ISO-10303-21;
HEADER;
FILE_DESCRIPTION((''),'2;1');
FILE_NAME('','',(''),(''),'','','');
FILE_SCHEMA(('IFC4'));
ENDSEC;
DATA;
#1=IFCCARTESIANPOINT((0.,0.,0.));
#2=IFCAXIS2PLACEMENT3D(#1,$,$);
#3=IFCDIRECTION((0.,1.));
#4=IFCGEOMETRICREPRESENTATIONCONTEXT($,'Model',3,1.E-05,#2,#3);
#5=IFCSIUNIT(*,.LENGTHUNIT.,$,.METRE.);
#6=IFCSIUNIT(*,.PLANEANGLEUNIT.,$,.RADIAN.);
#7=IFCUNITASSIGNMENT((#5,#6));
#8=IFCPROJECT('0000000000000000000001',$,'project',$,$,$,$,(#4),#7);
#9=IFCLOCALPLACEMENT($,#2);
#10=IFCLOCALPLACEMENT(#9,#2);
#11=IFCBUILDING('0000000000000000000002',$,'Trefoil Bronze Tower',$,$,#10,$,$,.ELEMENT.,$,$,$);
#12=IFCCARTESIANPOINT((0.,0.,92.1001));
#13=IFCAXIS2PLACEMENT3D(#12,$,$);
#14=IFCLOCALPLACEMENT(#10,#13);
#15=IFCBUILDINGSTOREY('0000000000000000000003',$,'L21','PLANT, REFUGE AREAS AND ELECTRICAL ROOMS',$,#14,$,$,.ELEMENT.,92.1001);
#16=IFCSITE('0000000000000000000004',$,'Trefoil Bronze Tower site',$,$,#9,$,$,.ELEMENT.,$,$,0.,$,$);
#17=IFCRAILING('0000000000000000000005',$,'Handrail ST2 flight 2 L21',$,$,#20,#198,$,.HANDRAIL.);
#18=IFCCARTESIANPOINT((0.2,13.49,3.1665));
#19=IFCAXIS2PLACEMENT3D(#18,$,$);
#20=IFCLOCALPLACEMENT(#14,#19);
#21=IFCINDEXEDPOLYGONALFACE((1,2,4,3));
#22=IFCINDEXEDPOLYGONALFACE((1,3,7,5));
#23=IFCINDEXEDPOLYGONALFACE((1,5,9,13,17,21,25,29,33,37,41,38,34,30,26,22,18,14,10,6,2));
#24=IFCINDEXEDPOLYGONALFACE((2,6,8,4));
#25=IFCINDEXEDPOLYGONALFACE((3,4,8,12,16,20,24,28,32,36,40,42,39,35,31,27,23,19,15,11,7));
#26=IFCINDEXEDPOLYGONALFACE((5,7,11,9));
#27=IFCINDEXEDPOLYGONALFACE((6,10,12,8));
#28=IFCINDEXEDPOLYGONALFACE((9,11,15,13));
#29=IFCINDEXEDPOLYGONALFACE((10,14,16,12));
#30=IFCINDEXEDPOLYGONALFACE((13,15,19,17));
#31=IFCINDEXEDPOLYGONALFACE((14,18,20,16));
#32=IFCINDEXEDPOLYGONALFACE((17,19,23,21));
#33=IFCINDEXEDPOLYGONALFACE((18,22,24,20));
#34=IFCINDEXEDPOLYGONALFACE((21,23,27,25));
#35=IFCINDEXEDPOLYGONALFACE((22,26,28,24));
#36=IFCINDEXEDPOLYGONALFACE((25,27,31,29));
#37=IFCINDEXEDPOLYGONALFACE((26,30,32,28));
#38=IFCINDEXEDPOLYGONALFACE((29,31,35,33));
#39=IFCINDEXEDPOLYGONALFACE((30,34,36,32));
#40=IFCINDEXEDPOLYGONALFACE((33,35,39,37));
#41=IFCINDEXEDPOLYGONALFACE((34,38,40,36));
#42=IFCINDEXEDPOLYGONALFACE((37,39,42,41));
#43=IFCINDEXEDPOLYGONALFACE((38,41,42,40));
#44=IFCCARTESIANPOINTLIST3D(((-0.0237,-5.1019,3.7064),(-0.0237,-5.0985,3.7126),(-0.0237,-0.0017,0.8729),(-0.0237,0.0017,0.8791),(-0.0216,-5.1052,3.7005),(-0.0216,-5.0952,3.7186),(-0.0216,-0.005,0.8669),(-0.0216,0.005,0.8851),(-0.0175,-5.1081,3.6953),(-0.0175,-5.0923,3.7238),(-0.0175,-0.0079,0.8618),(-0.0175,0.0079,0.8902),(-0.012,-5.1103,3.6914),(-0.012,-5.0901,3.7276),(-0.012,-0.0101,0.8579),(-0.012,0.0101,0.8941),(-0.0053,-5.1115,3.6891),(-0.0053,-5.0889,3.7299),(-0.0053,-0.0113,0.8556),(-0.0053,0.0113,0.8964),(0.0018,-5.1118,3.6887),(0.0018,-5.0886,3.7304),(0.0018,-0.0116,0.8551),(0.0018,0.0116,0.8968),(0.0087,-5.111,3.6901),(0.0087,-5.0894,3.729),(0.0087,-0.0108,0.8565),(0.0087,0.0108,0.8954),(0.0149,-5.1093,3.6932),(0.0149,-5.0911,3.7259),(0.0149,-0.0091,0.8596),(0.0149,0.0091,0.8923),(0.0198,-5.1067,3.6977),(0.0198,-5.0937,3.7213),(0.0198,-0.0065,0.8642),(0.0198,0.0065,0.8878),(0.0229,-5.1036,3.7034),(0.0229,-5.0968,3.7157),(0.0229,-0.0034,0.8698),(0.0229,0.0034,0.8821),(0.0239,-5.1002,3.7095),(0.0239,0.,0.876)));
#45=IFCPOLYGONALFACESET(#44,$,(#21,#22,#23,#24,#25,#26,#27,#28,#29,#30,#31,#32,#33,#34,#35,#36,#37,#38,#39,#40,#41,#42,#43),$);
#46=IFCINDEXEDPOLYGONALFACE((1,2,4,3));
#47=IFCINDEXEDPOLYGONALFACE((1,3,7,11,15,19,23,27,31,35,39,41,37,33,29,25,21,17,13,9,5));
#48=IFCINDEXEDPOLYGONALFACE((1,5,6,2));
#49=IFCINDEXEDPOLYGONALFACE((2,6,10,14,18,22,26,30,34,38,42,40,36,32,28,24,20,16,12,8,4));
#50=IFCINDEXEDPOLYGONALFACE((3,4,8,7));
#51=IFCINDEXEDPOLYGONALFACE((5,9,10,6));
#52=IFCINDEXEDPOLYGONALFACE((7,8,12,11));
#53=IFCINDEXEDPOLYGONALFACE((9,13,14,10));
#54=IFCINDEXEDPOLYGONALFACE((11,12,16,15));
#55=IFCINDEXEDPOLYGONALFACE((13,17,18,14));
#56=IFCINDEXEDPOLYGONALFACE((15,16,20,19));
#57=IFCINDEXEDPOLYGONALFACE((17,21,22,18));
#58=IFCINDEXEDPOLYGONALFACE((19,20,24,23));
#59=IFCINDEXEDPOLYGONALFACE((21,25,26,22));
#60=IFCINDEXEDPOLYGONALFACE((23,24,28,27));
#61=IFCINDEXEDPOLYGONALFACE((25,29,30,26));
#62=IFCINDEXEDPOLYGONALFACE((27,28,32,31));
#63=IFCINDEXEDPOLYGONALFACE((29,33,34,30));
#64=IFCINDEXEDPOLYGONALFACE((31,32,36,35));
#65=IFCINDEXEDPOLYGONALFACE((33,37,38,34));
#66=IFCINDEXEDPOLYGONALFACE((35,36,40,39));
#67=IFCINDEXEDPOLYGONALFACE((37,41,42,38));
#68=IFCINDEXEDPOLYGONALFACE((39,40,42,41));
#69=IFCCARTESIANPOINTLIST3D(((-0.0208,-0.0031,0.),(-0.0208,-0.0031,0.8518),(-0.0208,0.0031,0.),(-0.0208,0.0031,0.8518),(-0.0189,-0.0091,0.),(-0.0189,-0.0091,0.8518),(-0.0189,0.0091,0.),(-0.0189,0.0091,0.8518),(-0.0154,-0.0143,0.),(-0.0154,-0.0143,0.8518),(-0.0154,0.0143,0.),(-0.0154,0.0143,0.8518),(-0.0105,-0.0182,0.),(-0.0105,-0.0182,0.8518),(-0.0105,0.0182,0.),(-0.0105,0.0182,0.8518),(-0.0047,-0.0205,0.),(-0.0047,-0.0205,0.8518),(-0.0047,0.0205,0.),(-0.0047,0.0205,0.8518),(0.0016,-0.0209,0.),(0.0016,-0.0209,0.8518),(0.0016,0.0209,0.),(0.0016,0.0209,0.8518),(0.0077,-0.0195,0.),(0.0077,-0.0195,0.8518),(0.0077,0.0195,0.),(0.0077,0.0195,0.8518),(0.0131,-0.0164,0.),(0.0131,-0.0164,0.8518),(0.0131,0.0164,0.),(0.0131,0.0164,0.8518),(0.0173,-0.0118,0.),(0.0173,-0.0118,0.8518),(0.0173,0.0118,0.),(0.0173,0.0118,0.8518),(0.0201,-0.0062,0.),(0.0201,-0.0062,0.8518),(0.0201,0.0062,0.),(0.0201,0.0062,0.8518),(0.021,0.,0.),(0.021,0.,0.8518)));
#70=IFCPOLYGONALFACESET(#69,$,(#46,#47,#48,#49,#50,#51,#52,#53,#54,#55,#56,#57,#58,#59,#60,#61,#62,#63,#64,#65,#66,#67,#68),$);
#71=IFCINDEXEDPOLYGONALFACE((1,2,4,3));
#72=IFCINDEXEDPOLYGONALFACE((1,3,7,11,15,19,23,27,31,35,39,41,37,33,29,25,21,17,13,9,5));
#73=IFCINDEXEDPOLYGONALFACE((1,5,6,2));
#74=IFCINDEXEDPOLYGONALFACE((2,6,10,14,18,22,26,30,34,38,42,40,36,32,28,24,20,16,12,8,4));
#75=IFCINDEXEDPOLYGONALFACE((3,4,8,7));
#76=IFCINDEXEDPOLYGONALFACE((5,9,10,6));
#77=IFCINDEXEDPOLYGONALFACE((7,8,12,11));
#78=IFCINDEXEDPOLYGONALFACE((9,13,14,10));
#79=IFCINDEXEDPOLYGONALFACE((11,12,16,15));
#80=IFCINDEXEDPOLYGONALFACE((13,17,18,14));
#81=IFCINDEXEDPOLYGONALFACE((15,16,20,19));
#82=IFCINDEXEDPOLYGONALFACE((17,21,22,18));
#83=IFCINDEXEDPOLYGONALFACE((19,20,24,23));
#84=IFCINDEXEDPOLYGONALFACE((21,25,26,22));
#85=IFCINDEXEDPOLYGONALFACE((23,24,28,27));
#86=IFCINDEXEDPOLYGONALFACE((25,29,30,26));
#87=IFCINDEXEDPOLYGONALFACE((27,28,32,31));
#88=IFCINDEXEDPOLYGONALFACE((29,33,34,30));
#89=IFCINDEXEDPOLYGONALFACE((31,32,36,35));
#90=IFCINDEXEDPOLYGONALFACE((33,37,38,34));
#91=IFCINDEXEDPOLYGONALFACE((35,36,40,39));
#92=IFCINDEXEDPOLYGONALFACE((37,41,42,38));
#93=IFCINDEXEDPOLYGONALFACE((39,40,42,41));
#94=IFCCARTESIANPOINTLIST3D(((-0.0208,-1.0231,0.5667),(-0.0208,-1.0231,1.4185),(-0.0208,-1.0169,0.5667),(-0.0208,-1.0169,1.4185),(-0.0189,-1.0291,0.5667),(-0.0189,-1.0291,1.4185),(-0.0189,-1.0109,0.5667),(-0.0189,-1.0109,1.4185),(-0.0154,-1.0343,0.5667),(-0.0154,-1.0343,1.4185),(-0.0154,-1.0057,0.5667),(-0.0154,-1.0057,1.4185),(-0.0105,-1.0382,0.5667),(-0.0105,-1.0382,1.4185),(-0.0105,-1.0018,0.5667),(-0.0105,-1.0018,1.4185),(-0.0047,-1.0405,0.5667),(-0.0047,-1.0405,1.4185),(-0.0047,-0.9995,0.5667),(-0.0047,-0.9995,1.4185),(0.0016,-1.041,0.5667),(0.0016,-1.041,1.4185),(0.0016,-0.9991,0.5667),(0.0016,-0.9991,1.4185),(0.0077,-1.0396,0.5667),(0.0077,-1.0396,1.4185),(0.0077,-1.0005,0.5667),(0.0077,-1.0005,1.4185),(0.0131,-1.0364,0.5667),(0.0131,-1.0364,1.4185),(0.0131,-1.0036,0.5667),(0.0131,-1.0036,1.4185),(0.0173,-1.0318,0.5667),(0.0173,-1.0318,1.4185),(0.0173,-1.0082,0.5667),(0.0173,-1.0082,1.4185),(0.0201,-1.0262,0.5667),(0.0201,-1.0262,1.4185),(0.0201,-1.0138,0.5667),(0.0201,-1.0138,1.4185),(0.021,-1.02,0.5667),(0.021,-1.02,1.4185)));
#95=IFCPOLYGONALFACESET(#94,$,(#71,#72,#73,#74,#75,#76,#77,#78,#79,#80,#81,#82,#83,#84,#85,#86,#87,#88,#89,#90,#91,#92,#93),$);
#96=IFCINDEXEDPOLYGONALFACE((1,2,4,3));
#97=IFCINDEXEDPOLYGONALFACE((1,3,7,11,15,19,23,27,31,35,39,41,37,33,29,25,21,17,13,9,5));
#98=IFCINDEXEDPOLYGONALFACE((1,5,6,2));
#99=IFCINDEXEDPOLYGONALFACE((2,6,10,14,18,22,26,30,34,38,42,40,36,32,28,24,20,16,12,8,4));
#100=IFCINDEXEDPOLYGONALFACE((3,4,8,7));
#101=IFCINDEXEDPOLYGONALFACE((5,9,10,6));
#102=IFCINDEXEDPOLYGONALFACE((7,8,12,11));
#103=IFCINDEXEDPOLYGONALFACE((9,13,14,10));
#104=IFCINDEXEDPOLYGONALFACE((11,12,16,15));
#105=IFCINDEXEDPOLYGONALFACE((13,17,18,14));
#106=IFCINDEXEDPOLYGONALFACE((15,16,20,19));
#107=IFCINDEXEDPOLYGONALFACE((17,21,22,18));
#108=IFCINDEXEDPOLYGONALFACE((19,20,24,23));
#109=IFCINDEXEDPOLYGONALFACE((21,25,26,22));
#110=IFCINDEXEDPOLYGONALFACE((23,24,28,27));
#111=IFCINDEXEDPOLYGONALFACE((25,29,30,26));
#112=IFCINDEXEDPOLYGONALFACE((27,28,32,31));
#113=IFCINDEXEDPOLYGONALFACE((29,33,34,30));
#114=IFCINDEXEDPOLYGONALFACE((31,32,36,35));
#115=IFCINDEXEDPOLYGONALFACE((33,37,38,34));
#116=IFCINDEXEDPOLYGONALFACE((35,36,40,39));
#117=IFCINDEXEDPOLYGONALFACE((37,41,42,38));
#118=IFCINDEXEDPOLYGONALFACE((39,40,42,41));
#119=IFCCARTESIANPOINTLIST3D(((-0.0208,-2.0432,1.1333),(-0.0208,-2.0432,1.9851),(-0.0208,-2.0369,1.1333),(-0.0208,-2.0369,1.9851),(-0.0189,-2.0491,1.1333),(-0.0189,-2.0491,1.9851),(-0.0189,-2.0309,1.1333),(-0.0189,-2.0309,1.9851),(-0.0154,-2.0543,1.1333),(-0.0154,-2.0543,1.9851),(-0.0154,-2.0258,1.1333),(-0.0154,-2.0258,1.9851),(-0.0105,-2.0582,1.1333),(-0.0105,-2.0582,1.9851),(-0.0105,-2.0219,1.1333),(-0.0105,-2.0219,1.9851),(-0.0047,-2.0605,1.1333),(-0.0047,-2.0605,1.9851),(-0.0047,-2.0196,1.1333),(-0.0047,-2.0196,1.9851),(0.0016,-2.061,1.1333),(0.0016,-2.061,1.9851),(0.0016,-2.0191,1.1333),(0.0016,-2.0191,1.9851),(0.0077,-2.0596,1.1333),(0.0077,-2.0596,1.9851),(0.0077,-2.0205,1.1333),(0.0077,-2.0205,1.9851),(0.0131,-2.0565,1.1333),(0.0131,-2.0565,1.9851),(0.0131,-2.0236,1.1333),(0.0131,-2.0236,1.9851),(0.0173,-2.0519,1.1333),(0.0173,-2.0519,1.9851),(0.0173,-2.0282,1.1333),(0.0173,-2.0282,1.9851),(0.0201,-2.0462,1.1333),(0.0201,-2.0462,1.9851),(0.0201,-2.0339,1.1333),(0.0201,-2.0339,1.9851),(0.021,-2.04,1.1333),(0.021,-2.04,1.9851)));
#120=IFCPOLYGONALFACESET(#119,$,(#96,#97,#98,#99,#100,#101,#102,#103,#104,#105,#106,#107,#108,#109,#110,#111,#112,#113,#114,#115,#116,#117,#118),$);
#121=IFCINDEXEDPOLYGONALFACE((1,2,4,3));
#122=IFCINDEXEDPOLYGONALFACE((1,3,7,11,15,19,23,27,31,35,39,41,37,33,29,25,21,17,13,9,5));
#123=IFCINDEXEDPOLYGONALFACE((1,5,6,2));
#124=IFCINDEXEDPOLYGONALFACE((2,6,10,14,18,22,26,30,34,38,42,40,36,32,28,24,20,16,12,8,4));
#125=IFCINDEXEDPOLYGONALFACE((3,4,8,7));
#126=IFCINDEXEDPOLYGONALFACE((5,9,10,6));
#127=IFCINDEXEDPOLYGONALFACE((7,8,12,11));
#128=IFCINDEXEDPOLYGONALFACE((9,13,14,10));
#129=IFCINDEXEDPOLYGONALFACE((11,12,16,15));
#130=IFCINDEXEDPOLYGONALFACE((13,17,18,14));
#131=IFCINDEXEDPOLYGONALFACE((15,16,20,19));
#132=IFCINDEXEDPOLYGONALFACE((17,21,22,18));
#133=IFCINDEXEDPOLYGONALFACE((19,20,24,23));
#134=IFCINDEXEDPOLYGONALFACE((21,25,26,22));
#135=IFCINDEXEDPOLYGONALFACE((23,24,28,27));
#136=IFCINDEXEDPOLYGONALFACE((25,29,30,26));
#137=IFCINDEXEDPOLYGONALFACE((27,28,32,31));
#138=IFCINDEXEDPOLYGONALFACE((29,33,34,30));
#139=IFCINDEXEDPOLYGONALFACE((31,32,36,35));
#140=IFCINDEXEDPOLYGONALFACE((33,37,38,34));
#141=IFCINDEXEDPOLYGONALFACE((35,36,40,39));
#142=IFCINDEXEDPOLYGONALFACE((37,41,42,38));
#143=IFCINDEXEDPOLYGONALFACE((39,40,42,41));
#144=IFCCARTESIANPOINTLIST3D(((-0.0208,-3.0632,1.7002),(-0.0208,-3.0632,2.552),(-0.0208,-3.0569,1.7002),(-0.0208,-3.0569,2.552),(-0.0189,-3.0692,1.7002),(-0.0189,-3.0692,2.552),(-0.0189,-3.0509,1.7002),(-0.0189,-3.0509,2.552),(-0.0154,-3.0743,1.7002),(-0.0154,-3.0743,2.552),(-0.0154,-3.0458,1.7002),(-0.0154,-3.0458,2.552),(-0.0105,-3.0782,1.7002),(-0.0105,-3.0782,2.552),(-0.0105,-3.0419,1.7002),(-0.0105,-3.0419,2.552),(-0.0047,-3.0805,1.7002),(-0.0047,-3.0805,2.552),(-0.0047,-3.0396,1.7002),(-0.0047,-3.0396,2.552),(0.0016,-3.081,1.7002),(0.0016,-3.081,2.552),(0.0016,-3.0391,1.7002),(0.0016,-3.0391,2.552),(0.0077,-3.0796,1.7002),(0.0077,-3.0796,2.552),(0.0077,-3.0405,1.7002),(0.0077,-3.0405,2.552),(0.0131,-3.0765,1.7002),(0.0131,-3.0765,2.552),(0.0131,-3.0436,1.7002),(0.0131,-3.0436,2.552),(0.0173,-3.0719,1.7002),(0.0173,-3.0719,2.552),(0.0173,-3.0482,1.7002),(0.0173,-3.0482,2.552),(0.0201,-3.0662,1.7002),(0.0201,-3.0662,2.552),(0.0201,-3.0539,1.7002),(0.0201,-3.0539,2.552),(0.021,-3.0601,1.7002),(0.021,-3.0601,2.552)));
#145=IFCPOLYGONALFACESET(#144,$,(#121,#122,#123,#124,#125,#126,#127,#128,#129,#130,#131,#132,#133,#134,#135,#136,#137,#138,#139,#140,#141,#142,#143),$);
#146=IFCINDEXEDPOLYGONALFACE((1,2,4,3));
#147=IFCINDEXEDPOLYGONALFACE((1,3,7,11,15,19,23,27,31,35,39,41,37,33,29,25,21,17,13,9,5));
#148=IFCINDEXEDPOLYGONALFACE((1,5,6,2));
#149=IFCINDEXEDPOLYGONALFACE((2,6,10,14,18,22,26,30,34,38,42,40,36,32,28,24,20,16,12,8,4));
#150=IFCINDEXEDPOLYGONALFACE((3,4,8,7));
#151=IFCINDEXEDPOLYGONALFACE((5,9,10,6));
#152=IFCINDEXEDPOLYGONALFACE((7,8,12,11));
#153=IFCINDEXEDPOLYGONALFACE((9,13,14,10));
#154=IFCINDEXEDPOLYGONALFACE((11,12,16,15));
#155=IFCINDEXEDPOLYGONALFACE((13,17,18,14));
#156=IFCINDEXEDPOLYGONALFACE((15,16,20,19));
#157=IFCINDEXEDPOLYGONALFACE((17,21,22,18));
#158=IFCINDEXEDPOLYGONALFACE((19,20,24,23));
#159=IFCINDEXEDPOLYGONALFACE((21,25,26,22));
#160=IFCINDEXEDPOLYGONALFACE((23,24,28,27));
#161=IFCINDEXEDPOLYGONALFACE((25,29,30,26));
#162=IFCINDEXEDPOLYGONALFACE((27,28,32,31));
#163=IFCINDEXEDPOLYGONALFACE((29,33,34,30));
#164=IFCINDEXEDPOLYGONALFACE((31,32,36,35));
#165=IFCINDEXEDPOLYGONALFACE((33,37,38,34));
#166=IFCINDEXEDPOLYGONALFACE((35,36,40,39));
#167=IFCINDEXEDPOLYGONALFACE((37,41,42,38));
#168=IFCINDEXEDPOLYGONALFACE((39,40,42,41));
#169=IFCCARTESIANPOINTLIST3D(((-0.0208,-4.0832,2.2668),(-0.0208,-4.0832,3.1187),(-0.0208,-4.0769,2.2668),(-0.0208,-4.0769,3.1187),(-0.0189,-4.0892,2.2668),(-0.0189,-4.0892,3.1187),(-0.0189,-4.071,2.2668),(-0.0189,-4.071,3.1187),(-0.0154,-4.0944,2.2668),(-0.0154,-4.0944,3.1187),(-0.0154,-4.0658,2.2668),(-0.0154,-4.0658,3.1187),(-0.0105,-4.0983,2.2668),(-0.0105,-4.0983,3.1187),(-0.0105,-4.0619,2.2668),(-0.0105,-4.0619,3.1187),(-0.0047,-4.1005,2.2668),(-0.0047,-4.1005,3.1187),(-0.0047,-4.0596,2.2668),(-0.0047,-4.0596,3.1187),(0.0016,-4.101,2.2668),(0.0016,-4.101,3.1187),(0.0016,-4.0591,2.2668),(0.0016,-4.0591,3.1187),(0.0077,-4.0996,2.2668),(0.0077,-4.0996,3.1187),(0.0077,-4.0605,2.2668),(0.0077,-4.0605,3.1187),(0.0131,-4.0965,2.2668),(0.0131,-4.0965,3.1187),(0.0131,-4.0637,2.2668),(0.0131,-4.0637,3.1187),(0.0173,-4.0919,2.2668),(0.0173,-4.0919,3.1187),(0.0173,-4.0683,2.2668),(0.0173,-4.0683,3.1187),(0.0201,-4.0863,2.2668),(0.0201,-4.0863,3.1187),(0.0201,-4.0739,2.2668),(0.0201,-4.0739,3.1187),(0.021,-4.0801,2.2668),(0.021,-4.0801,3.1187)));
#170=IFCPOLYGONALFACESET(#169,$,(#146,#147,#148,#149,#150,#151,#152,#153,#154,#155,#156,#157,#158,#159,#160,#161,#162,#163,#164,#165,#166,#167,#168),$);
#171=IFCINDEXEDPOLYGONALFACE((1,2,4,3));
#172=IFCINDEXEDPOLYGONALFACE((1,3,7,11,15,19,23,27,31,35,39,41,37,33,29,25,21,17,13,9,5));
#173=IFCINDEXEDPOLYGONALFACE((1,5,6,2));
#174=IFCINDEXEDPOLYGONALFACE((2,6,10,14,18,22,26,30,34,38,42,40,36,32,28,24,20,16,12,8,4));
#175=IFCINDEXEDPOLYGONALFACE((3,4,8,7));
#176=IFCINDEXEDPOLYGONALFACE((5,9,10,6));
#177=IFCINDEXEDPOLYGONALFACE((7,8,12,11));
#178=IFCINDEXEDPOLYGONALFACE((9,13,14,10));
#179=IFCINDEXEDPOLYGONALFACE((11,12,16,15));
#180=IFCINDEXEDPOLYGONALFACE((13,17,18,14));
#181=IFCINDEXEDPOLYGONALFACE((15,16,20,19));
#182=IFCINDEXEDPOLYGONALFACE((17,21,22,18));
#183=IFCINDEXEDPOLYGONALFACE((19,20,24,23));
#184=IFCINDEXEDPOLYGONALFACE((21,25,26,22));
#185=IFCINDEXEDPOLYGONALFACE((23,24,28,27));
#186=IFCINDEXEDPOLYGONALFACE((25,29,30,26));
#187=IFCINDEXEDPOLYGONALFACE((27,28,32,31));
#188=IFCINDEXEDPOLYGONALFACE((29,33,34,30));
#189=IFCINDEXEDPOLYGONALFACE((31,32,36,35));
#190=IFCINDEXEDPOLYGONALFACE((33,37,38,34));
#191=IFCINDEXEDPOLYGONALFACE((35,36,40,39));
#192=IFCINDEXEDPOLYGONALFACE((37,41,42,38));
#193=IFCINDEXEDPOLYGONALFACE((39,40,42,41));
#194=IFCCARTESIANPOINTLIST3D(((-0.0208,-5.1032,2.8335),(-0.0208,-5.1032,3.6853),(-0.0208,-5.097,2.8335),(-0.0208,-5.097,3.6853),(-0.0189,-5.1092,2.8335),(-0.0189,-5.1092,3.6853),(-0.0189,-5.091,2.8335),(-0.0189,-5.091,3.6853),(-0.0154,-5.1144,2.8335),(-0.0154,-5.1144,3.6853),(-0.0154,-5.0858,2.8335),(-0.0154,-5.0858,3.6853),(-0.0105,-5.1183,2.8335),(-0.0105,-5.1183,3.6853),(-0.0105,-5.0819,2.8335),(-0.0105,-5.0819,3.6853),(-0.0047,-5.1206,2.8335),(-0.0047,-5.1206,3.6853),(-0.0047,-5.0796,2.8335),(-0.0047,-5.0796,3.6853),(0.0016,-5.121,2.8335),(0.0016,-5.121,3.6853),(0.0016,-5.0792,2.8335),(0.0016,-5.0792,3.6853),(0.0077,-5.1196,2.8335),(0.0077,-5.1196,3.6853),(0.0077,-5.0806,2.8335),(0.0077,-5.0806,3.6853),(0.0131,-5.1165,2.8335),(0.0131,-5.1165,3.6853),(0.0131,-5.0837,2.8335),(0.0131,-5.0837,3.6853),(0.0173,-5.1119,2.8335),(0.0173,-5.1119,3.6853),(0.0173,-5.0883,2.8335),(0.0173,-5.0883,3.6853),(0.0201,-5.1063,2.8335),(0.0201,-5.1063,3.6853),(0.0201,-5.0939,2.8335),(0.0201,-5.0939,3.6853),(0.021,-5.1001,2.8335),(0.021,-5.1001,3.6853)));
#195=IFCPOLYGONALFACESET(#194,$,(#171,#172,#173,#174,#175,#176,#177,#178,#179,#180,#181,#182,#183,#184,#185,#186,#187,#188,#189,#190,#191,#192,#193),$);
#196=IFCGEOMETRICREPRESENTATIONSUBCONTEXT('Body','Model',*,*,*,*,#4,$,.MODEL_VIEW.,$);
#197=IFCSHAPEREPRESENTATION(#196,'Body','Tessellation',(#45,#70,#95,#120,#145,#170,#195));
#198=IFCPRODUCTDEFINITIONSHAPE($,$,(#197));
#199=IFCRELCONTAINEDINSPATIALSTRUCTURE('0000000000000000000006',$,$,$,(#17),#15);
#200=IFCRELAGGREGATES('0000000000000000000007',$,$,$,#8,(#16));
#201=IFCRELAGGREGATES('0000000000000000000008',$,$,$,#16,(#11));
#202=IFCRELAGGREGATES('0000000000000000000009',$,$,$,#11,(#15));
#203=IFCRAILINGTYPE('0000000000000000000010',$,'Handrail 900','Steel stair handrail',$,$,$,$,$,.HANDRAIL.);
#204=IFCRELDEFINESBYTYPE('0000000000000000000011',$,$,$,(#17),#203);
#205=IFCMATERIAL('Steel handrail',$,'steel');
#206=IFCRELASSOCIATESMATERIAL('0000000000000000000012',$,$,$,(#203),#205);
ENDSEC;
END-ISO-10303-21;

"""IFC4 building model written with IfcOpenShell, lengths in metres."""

from ifc_helpers import new_model, si_unit, direction, frame, origin, origin_2d, place, context, subcontext, project, spatial, circle, extrude, material, type_object, element, save


model = new_model("IFC4")

# Units and contexts
model_context = context("Model", 3, precision=1e-05, world=origin(), true_north=direction((0.0, 1.0)))
body_context = subcontext(model_context, "Body", "Model", "MODEL_VIEW")
ifc_project = project(units=[si_unit("LENGTHUNIT", "METRE"), si_unit("PLANEANGLEUNIT", "RADIAN")], contexts=[model_context])

# Site, building, storey
site_placement = place(None, origin())
site = spatial("IfcSite", under=ifc_project, at=site_placement, Name="Trefoil Bronze Tower site", CompositionType="ELEMENT", RefElevation=0.0)
building_placement = place(site_placement, origin())
building = spatial("IfcBuilding", under=site, at=building_placement, Name="Trefoil Bronze Tower", CompositionType="ELEMENT")
storey_placement = place(building_placement, frame((0.0, 0.0, 92.1001)))
storey = spatial("IfcBuildingStorey", under=building, at=storey_placement, Name="L21", Description="PLANT, REFUGE AREAS AND ELECTRICAL ROOMS", CompositionType="ELEMENT", Elevation=92.1001)

# Railing
ifc_material_1 = material(Name="Steel handrail", Category="steel")
railing_type = type_object("IfcRailingType", Name="Handrail 900", Description="Steel stair handrail", PredefinedType="HANDRAIL", material=ifc_material_1)
railing_placement = place(storey_placement, frame((0.2, 13.49, 3.1665)))
element("IfcRailing", 1, at=railing_placement, inside=storey, type_object=railing_type, Name="Handrail ST2 flight 2 L21", PredefinedType="HANDRAIL", context=body_context, shape_type="SweptSolid", body=[
    extrude(circle(Radius=0.0239, at=origin_2d()), frame((0.0, 0.0, 0.876), z_axis=(0.0, -0.874149, 0.485657), x_axis=(1.0, 0.0, 0.0)), (0.0, 0.0, 1.0), 5.8345),
    extrude(circle(Radius=0.021, at=origin_2d()), origin(), (0.0, 0.0, 1.0), 0.8518),
    extrude(circle(Radius=0.021, at=origin_2d()), frame((0.0, -1.02, 0.5667)), (0.0, 0.0, 1.0), 0.8518),
    extrude(circle(Radius=0.021, at=origin_2d()), frame((0.0, -2.04, 1.1333)), (0.0, 0.0, 1.0), 0.8518),
    extrude(circle(Radius=0.021, at=origin_2d()), frame((0.0, -3.0601, 1.7002)), (0.0, 0.0, 1.0), 0.8518),
    extrude(circle(Radius=0.021, at=origin_2d()), frame((0.0, -4.0801, 2.2668)), (0.0, 0.0, 1.0), 0.8518),
    extrude(circle(Radius=0.021, at=origin_2d()), frame((0.0, -5.1001, 2.8335)), (0.0, 0.0, 1.0), 0.8518),
])

save(model, "model.ifc")
